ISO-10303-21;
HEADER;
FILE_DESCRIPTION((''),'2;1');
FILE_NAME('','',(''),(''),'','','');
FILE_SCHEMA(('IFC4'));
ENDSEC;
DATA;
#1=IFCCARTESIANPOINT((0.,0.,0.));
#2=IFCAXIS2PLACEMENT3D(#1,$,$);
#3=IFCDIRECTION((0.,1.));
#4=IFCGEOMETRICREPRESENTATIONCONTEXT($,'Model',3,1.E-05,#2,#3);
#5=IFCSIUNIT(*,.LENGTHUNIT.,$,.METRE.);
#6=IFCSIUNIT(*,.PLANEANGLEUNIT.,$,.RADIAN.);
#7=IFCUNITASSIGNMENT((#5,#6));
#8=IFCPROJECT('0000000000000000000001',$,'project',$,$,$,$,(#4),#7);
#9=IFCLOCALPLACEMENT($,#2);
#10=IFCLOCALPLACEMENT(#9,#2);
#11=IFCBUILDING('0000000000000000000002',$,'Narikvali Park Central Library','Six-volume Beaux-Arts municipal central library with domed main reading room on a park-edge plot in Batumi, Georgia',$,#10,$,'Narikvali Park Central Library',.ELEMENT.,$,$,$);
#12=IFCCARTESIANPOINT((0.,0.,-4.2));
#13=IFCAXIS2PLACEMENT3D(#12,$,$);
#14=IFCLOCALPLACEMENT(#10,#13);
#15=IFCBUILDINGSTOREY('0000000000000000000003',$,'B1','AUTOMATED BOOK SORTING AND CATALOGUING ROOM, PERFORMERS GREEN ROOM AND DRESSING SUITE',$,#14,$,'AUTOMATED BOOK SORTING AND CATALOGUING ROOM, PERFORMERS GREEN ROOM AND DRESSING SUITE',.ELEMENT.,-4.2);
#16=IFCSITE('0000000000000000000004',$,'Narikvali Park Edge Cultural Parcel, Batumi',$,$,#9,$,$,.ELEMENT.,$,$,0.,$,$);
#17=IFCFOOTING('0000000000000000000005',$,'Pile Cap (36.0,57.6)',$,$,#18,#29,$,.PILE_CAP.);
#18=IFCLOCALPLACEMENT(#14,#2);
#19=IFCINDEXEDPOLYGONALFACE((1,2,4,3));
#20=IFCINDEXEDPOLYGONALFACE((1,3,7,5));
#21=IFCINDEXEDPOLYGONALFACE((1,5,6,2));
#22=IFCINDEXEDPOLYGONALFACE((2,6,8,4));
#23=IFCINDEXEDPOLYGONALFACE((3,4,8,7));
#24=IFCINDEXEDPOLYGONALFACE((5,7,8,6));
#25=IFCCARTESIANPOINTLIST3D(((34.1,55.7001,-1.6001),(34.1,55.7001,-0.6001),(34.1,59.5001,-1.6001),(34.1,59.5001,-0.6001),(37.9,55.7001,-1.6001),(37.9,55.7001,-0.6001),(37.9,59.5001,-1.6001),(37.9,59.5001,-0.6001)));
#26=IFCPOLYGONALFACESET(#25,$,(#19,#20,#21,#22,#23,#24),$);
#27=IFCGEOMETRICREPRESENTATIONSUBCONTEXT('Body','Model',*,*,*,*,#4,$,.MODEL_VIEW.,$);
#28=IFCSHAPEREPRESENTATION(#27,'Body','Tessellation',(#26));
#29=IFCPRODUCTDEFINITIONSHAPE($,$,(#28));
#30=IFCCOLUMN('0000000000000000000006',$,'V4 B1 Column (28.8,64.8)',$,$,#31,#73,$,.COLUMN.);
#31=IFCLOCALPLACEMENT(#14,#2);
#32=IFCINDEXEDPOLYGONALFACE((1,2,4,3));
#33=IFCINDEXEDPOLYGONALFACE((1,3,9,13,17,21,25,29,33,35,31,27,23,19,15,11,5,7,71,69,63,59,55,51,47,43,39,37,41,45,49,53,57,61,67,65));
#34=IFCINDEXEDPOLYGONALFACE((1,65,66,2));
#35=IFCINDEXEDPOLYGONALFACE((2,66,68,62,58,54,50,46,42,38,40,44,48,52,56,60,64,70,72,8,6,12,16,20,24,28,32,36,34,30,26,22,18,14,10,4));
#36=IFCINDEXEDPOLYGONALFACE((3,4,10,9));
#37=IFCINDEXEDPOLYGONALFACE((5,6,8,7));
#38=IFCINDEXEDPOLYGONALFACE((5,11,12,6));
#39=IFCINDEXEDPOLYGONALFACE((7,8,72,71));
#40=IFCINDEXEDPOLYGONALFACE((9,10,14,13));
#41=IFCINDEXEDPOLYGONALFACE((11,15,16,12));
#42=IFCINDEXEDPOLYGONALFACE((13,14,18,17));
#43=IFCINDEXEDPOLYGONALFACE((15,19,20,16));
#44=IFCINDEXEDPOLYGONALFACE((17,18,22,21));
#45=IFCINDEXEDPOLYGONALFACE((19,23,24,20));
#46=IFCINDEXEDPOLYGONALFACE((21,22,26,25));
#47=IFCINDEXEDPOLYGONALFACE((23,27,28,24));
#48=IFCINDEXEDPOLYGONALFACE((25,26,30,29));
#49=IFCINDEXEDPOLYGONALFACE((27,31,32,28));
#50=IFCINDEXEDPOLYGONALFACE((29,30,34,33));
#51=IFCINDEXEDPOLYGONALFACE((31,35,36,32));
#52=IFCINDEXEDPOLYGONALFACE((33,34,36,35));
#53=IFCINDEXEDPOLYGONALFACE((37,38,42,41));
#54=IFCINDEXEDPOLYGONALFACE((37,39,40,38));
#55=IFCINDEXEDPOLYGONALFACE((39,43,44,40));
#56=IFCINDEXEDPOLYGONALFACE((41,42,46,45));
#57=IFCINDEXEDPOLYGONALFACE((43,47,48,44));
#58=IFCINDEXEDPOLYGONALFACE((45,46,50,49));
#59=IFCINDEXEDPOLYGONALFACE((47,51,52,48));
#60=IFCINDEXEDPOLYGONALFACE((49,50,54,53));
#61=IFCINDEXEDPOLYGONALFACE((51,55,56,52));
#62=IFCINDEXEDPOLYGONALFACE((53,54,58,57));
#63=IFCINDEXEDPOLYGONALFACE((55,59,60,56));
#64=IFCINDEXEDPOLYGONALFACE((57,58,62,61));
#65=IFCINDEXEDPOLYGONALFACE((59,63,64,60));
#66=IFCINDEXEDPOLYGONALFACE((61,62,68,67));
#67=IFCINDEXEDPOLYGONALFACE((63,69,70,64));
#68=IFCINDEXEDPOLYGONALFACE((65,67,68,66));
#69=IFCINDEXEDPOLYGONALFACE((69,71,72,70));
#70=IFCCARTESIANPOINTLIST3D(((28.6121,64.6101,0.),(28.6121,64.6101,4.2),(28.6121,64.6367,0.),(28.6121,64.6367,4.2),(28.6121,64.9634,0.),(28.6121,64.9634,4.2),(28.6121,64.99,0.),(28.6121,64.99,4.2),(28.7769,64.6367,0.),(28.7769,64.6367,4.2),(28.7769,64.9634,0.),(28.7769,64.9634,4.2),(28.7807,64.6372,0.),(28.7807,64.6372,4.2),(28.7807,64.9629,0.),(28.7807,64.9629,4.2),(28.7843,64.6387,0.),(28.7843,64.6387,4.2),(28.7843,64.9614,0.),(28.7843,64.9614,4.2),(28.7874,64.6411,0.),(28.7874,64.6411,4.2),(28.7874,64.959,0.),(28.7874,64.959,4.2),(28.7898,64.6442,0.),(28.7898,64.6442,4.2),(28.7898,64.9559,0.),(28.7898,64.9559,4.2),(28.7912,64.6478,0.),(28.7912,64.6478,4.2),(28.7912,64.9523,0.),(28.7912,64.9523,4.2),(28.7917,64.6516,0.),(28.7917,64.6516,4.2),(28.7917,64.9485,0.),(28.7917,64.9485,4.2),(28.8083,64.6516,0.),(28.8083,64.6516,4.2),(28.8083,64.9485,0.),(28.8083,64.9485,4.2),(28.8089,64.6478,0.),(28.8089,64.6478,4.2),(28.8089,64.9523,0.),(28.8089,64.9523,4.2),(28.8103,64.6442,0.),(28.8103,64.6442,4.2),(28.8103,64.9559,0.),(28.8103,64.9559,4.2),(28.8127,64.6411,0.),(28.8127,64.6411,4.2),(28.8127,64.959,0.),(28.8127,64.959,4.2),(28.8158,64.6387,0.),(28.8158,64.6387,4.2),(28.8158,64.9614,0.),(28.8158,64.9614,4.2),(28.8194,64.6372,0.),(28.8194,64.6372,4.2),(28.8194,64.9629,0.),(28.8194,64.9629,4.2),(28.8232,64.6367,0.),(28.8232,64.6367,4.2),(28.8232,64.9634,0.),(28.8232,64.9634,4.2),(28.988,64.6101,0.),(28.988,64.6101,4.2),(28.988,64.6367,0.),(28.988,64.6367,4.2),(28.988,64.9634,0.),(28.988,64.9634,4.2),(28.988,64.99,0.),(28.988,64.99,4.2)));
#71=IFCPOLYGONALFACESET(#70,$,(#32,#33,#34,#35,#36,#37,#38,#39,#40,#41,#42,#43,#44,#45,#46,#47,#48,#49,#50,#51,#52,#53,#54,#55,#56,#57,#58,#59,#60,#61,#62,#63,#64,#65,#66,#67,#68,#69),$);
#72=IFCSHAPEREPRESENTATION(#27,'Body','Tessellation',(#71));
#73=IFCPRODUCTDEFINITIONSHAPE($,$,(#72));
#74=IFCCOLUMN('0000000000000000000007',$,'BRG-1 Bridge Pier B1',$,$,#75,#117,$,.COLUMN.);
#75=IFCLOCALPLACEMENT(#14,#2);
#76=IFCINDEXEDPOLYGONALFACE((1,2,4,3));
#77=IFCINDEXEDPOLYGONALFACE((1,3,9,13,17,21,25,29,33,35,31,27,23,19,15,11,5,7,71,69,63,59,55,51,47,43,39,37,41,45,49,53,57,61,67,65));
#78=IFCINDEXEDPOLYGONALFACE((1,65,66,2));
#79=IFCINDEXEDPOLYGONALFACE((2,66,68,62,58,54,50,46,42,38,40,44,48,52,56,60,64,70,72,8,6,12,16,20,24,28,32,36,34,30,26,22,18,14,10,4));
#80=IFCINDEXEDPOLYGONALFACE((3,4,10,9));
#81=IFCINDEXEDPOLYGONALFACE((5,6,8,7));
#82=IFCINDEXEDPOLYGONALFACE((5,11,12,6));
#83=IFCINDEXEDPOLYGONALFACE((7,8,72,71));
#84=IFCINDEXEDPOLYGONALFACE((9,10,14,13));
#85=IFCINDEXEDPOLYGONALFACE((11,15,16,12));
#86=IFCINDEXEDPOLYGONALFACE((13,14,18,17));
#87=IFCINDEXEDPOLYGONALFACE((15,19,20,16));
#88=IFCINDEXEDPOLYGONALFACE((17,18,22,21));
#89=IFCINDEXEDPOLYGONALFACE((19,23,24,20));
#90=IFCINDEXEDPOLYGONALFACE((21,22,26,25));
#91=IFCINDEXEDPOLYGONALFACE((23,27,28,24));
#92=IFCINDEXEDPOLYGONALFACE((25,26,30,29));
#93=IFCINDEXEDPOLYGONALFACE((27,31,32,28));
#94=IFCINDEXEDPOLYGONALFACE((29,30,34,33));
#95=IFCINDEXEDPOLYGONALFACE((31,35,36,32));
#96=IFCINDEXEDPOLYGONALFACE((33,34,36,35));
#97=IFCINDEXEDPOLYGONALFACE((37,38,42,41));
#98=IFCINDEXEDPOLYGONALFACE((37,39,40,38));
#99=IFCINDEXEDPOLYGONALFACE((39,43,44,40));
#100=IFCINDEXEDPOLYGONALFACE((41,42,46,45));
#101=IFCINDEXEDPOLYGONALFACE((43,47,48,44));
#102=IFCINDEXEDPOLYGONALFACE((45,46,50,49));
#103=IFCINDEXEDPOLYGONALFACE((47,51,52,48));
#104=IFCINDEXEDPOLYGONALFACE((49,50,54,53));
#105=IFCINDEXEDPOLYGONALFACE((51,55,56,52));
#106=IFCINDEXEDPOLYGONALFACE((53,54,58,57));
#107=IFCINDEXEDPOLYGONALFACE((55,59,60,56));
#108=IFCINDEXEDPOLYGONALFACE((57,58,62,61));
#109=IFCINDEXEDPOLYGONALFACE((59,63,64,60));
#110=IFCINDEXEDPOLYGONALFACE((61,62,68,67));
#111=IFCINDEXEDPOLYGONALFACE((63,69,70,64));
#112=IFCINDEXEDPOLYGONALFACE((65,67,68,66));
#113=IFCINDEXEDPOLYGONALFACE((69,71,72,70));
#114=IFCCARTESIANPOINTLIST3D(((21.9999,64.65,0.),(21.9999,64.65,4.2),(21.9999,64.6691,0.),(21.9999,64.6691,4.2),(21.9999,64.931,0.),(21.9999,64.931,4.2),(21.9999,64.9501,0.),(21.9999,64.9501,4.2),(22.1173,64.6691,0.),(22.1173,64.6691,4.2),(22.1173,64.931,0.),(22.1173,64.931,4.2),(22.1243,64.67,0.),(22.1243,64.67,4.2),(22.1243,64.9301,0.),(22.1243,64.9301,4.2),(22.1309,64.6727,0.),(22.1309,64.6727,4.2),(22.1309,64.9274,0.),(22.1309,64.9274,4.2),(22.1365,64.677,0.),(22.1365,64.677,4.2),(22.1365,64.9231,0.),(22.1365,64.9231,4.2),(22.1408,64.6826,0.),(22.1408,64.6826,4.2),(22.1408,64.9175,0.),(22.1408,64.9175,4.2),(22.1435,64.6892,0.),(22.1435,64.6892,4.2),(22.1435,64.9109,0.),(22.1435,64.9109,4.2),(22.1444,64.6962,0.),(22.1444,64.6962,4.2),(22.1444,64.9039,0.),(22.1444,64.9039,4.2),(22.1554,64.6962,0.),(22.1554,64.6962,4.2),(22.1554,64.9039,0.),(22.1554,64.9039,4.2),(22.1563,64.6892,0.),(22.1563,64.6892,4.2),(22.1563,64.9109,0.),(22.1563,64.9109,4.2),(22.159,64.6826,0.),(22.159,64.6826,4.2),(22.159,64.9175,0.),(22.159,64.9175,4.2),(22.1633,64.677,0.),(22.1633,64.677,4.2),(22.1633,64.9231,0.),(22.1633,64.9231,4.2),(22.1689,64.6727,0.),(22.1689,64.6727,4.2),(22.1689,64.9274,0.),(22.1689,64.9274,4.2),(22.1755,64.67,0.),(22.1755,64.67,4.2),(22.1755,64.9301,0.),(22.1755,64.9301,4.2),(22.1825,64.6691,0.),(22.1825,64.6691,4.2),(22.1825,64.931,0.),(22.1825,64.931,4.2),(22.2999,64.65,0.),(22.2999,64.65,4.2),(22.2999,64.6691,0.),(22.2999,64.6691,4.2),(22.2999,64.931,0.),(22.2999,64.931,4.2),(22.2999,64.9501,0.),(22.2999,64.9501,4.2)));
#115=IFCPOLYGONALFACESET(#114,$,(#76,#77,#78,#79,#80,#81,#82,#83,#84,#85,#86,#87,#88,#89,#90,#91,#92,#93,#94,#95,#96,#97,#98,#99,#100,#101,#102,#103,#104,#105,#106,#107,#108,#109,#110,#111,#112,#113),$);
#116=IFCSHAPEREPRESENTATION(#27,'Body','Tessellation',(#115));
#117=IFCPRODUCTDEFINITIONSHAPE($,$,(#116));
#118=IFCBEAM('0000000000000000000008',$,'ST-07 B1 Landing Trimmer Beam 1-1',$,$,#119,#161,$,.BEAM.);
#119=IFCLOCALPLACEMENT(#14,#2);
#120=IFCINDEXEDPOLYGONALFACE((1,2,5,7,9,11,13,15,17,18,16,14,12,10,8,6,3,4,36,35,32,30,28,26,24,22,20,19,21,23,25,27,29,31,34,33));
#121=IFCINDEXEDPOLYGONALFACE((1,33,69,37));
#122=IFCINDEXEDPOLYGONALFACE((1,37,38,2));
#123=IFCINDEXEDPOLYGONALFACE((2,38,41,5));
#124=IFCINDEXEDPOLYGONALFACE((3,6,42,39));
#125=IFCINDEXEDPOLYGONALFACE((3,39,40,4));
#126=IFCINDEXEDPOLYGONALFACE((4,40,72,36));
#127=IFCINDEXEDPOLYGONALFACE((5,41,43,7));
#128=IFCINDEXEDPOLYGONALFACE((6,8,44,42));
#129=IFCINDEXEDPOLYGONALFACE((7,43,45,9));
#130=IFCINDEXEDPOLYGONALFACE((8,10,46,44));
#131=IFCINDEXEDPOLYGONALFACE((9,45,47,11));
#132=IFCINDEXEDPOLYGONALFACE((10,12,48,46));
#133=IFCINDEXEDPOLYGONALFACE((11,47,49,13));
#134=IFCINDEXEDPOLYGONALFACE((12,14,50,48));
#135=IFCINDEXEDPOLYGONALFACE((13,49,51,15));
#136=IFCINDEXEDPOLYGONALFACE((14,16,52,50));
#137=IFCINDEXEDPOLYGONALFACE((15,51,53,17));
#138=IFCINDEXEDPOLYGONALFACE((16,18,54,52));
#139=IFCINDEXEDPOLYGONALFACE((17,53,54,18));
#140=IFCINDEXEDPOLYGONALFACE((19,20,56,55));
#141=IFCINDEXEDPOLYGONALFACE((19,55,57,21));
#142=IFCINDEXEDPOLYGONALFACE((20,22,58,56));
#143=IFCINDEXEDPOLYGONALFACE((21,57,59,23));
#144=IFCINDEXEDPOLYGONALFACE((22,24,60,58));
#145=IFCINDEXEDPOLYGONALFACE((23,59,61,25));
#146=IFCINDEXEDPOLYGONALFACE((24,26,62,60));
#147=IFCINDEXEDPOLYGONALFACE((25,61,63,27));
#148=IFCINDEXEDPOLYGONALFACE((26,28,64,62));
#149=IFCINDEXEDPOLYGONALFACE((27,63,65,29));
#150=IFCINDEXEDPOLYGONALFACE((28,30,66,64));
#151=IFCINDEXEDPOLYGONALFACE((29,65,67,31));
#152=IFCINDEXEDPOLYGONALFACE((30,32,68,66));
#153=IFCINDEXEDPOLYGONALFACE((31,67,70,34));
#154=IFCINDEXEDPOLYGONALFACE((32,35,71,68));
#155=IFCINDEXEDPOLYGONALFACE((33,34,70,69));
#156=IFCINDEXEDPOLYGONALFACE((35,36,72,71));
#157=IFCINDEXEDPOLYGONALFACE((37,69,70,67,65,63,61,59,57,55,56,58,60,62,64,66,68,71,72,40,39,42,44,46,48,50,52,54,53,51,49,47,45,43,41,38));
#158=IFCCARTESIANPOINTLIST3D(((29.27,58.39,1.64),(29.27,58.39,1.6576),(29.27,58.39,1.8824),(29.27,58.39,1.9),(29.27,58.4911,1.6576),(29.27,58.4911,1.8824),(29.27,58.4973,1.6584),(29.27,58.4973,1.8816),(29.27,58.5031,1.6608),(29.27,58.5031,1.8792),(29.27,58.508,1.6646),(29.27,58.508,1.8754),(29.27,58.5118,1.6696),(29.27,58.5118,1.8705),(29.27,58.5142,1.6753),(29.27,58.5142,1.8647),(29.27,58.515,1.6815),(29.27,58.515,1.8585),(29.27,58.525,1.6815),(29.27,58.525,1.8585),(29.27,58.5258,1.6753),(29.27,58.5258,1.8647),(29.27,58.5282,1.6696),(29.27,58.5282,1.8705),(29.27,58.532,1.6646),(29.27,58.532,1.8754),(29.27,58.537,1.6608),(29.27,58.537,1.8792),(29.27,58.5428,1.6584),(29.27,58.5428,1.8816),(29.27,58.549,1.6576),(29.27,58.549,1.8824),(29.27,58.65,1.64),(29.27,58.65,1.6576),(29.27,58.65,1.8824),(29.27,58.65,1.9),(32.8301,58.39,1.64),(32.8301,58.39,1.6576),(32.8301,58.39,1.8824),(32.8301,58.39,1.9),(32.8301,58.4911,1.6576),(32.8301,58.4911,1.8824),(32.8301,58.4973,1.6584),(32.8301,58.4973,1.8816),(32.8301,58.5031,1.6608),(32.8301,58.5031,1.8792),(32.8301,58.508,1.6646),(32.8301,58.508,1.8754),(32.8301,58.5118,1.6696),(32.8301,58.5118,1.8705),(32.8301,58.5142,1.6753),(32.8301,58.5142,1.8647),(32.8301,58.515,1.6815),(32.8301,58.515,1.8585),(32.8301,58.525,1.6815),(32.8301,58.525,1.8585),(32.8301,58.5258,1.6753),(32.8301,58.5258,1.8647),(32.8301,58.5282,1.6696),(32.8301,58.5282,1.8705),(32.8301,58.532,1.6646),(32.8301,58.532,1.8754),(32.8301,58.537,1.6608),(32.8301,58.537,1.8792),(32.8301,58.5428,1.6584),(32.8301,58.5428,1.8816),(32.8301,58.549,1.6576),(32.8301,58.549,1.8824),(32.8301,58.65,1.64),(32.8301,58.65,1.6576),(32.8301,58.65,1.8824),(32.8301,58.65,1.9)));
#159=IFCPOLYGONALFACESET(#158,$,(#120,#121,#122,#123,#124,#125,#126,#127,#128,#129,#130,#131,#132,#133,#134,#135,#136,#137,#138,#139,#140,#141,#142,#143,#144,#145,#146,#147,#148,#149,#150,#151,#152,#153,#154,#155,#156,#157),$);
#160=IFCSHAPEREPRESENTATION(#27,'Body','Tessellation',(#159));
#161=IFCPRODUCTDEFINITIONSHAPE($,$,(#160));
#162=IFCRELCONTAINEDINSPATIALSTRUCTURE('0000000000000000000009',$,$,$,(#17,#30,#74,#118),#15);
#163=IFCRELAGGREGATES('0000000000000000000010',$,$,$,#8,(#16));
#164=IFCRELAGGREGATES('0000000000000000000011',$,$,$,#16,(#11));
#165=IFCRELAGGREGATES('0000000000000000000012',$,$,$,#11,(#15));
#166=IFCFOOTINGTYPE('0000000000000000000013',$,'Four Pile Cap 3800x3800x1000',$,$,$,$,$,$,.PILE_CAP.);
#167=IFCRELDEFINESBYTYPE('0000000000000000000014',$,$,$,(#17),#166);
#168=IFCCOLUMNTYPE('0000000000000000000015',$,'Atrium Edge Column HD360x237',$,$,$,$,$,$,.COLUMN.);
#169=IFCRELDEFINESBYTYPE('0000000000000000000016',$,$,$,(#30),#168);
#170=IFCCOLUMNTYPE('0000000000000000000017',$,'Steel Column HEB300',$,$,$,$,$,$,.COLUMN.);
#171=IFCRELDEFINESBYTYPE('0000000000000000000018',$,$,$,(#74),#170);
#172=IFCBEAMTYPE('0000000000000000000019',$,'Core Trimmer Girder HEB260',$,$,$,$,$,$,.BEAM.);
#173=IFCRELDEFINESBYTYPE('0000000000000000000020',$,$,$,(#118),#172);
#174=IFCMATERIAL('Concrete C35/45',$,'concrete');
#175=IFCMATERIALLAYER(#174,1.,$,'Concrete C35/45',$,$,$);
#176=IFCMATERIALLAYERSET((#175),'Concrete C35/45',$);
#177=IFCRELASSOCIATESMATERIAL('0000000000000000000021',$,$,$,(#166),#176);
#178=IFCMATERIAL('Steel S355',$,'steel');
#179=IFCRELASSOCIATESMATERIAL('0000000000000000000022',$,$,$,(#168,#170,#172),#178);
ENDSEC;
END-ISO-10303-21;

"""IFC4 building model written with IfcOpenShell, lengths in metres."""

from ifc_helpers import new_model, si_unit, direction, frame, origin, origin_2d, place, context, subcontext, project, spatial, rectangle, i_section, extrude, material, layer, layer_set, material_profile, profile_set, type_object, element, save


model = new_model("IFC4")

# Units and contexts
model_context = context("Model", 3, precision=1e-05, world=origin(), true_north=direction((0.0, 1.0)))
body_context = subcontext(model_context, "Body", "Model", "MODEL_VIEW")
ifc_project = project(units=[si_unit("LENGTHUNIT", "METRE"), si_unit("PLANEANGLEUNIT", "RADIAN")], contexts=[model_context])

# Site, building, storey
site_placement = place(None, origin())
site = spatial("IfcSite", under=ifc_project, at=site_placement, Name="Narikvali Park Edge Cultural Parcel, Batumi", CompositionType="ELEMENT", RefElevation=0.0)
building_placement = place(site_placement, origin())
building = spatial("IfcBuilding", under=site, at=building_placement, Name="Narikvali Park Central Library", Description="Six-volume Beaux-Arts municipal central library with domed main reading room on a park-edge plot in Batumi, Georgia", LongName="Narikvali Park Central Library", CompositionType="ELEMENT")
storey_placement = place(building_placement, frame((0.0, 0.0, -4.2)))
storey = spatial("IfcBuildingStorey", under=building, at=storey_placement, Name="B1", Description="AUTOMATED BOOK SORTING AND CATALOGUING ROOM, PERFORMERS GREEN ROOM AND DRESSING SUITE", LongName="AUTOMATED BOOK SORTING AND CATALOGUING ROOM, PERFORMERS GREEN ROOM AND DRESSING SUITE", CompositionType="ELEMENT", Elevation=-4.2)

# Shared definitions
ifc_material_1 = material(Name="Concrete C35/45", Category="concrete")

# Footing
ifc_layer_1 = layer(ifc_material_1, 1.0, Name="Concrete C35/45")
ifc_layer_set_1 = layer_set([ifc_layer_1], Name="Concrete C35/45")
footing_type_1 = type_object("IfcFootingType", Name="Four Pile Cap 3800x3800x1000", PredefinedType="PILE_CAP", material=ifc_layer_set_1)
for number, where, z_axis, x_axis, name in (
    (1, (36.0, 57.6001, -1.6001), (0.0, 0.0, 1.0), (1.0, 0.0, 0.0), "Pile Cap (36.0,57.6)"),
):
    element("IfcFooting", number, at=place(storey_placement, frame(where, z_axis=z_axis, x_axis=x_axis)), inside=storey, type_object=footing_type_1, Name=name, PredefinedType="PILE_CAP", context=body_context, shape_type="SweptSolid", body=[
        extrude(rectangle(XDim=3.8, YDim=3.8, at=origin_2d()), origin(), (0.0, 0.0, 1.0), 1.0),
    ])

# Columns
ifc_material_2 = material(Name="Steel S355", Category="steel")
ifc_material_profile_1 = material_profile(ifc_material_2, i_section(OverallWidth=0.376, OverallDepth=0.3799, WebThickness=0.0166, FlangeThickness=0.0266, FilletRadius=0.0149, at=origin_2d()), Name="HD 360x237")
ifc_profile_set_1 = profile_set([ifc_material_profile_1], Name="Steel S355")
column_type_1 = type_object("IfcColumnType", Name="Atrium Edge Column HD360x237", PredefinedType="COLUMN", material=ifc_profile_set_1)
column_1_placement = place(storey_placement, frame((28.8, 64.8, 0.0), z_axis=(0.0, 0.0, 1.0), x_axis=(1.0, 0.0, 0.0)))
element("IfcColumn", 2, at=column_1_placement, inside=storey, type_object=column_type_1, Name="V4 B1 Column (28.8,64.8)", PredefinedType="COLUMN", context=body_context, shape_type="SweptSolid", body=[
    extrude(i_section(OverallWidth=0.376, OverallDepth=0.3799, WebThickness=0.0166, FlangeThickness=0.0266, FilletRadius=0.0149, at=origin_2d()), origin(), (0.0, 0.0, 1.0), 4.2),
])
ifc_material_profile_2 = material_profile(ifc_material_2, i_section(OverallWidth=0.3, OverallDepth=0.3, WebThickness=0.011, FlangeThickness=0.019, FilletRadius=0.0271, at=origin_2d()), Name="HEB 300")
ifc_profile_set_2 = profile_set([ifc_material_profile_2], Name="Steel S355")
column_type_2 = type_object("IfcColumnType", Name="Steel Column HEB300", PredefinedType="COLUMN", material=ifc_profile_set_2)
column_2_placement = place(storey_placement, frame((22.1499, 64.8, 0.0), z_axis=(0.0, 0.0, 1.0), x_axis=(1.0, 0.0, 0.0)))
element("IfcColumn", 3, at=column_2_placement, inside=storey, type_object=column_type_2, Name="BRG-1 Bridge Pier B1", PredefinedType="COLUMN", context=body_context, shape_type="SweptSolid", body=[
    extrude(i_section(OverallWidth=0.3, OverallDepth=0.3, WebThickness=0.011, FlangeThickness=0.019, FilletRadius=0.0271, at=origin_2d()), origin(), (0.0, 0.0, 1.0), 4.2),
])

# Beam
ifc_material_profile_3 = material_profile(ifc_material_2, i_section(OverallWidth=0.26, OverallDepth=0.26, WebThickness=0.01, FlangeThickness=0.0176, FilletRadius=0.0239, at=origin_2d()), Name="HEB 260")
ifc_profile_set_3 = profile_set([ifc_material_profile_3], Name="Steel S355")
beam_type = type_object("IfcBeamType", Name="Core Trimmer Girder HEB260", PredefinedType="BEAM", material=ifc_profile_set_3)
for number, where, z_axis, x_axis, name in (
    (4, (29.27, 58.52, 1.77), (1.0, 0.0, 0.0), (0.0, 1.0, 0.0), "ST-07 B1 Landing Trimmer Beam 1-1"),
):
    element("IfcBeam", number, at=place(storey_placement, frame(where, z_axis=z_axis, x_axis=x_axis)), inside=storey, type_object=beam_type, Name=name, PredefinedType="BEAM", context=body_context, shape_type="SweptSolid", body=[
        extrude(i_section(OverallWidth=0.26, OverallDepth=0.26, WebThickness=0.01, FlangeThickness=0.0176, FilletRadius=0.0239, at=origin_2d()), origin(), (0.0, 0.0, 1.0), 3.5601),
    ])

save(model, "model.ifc")
